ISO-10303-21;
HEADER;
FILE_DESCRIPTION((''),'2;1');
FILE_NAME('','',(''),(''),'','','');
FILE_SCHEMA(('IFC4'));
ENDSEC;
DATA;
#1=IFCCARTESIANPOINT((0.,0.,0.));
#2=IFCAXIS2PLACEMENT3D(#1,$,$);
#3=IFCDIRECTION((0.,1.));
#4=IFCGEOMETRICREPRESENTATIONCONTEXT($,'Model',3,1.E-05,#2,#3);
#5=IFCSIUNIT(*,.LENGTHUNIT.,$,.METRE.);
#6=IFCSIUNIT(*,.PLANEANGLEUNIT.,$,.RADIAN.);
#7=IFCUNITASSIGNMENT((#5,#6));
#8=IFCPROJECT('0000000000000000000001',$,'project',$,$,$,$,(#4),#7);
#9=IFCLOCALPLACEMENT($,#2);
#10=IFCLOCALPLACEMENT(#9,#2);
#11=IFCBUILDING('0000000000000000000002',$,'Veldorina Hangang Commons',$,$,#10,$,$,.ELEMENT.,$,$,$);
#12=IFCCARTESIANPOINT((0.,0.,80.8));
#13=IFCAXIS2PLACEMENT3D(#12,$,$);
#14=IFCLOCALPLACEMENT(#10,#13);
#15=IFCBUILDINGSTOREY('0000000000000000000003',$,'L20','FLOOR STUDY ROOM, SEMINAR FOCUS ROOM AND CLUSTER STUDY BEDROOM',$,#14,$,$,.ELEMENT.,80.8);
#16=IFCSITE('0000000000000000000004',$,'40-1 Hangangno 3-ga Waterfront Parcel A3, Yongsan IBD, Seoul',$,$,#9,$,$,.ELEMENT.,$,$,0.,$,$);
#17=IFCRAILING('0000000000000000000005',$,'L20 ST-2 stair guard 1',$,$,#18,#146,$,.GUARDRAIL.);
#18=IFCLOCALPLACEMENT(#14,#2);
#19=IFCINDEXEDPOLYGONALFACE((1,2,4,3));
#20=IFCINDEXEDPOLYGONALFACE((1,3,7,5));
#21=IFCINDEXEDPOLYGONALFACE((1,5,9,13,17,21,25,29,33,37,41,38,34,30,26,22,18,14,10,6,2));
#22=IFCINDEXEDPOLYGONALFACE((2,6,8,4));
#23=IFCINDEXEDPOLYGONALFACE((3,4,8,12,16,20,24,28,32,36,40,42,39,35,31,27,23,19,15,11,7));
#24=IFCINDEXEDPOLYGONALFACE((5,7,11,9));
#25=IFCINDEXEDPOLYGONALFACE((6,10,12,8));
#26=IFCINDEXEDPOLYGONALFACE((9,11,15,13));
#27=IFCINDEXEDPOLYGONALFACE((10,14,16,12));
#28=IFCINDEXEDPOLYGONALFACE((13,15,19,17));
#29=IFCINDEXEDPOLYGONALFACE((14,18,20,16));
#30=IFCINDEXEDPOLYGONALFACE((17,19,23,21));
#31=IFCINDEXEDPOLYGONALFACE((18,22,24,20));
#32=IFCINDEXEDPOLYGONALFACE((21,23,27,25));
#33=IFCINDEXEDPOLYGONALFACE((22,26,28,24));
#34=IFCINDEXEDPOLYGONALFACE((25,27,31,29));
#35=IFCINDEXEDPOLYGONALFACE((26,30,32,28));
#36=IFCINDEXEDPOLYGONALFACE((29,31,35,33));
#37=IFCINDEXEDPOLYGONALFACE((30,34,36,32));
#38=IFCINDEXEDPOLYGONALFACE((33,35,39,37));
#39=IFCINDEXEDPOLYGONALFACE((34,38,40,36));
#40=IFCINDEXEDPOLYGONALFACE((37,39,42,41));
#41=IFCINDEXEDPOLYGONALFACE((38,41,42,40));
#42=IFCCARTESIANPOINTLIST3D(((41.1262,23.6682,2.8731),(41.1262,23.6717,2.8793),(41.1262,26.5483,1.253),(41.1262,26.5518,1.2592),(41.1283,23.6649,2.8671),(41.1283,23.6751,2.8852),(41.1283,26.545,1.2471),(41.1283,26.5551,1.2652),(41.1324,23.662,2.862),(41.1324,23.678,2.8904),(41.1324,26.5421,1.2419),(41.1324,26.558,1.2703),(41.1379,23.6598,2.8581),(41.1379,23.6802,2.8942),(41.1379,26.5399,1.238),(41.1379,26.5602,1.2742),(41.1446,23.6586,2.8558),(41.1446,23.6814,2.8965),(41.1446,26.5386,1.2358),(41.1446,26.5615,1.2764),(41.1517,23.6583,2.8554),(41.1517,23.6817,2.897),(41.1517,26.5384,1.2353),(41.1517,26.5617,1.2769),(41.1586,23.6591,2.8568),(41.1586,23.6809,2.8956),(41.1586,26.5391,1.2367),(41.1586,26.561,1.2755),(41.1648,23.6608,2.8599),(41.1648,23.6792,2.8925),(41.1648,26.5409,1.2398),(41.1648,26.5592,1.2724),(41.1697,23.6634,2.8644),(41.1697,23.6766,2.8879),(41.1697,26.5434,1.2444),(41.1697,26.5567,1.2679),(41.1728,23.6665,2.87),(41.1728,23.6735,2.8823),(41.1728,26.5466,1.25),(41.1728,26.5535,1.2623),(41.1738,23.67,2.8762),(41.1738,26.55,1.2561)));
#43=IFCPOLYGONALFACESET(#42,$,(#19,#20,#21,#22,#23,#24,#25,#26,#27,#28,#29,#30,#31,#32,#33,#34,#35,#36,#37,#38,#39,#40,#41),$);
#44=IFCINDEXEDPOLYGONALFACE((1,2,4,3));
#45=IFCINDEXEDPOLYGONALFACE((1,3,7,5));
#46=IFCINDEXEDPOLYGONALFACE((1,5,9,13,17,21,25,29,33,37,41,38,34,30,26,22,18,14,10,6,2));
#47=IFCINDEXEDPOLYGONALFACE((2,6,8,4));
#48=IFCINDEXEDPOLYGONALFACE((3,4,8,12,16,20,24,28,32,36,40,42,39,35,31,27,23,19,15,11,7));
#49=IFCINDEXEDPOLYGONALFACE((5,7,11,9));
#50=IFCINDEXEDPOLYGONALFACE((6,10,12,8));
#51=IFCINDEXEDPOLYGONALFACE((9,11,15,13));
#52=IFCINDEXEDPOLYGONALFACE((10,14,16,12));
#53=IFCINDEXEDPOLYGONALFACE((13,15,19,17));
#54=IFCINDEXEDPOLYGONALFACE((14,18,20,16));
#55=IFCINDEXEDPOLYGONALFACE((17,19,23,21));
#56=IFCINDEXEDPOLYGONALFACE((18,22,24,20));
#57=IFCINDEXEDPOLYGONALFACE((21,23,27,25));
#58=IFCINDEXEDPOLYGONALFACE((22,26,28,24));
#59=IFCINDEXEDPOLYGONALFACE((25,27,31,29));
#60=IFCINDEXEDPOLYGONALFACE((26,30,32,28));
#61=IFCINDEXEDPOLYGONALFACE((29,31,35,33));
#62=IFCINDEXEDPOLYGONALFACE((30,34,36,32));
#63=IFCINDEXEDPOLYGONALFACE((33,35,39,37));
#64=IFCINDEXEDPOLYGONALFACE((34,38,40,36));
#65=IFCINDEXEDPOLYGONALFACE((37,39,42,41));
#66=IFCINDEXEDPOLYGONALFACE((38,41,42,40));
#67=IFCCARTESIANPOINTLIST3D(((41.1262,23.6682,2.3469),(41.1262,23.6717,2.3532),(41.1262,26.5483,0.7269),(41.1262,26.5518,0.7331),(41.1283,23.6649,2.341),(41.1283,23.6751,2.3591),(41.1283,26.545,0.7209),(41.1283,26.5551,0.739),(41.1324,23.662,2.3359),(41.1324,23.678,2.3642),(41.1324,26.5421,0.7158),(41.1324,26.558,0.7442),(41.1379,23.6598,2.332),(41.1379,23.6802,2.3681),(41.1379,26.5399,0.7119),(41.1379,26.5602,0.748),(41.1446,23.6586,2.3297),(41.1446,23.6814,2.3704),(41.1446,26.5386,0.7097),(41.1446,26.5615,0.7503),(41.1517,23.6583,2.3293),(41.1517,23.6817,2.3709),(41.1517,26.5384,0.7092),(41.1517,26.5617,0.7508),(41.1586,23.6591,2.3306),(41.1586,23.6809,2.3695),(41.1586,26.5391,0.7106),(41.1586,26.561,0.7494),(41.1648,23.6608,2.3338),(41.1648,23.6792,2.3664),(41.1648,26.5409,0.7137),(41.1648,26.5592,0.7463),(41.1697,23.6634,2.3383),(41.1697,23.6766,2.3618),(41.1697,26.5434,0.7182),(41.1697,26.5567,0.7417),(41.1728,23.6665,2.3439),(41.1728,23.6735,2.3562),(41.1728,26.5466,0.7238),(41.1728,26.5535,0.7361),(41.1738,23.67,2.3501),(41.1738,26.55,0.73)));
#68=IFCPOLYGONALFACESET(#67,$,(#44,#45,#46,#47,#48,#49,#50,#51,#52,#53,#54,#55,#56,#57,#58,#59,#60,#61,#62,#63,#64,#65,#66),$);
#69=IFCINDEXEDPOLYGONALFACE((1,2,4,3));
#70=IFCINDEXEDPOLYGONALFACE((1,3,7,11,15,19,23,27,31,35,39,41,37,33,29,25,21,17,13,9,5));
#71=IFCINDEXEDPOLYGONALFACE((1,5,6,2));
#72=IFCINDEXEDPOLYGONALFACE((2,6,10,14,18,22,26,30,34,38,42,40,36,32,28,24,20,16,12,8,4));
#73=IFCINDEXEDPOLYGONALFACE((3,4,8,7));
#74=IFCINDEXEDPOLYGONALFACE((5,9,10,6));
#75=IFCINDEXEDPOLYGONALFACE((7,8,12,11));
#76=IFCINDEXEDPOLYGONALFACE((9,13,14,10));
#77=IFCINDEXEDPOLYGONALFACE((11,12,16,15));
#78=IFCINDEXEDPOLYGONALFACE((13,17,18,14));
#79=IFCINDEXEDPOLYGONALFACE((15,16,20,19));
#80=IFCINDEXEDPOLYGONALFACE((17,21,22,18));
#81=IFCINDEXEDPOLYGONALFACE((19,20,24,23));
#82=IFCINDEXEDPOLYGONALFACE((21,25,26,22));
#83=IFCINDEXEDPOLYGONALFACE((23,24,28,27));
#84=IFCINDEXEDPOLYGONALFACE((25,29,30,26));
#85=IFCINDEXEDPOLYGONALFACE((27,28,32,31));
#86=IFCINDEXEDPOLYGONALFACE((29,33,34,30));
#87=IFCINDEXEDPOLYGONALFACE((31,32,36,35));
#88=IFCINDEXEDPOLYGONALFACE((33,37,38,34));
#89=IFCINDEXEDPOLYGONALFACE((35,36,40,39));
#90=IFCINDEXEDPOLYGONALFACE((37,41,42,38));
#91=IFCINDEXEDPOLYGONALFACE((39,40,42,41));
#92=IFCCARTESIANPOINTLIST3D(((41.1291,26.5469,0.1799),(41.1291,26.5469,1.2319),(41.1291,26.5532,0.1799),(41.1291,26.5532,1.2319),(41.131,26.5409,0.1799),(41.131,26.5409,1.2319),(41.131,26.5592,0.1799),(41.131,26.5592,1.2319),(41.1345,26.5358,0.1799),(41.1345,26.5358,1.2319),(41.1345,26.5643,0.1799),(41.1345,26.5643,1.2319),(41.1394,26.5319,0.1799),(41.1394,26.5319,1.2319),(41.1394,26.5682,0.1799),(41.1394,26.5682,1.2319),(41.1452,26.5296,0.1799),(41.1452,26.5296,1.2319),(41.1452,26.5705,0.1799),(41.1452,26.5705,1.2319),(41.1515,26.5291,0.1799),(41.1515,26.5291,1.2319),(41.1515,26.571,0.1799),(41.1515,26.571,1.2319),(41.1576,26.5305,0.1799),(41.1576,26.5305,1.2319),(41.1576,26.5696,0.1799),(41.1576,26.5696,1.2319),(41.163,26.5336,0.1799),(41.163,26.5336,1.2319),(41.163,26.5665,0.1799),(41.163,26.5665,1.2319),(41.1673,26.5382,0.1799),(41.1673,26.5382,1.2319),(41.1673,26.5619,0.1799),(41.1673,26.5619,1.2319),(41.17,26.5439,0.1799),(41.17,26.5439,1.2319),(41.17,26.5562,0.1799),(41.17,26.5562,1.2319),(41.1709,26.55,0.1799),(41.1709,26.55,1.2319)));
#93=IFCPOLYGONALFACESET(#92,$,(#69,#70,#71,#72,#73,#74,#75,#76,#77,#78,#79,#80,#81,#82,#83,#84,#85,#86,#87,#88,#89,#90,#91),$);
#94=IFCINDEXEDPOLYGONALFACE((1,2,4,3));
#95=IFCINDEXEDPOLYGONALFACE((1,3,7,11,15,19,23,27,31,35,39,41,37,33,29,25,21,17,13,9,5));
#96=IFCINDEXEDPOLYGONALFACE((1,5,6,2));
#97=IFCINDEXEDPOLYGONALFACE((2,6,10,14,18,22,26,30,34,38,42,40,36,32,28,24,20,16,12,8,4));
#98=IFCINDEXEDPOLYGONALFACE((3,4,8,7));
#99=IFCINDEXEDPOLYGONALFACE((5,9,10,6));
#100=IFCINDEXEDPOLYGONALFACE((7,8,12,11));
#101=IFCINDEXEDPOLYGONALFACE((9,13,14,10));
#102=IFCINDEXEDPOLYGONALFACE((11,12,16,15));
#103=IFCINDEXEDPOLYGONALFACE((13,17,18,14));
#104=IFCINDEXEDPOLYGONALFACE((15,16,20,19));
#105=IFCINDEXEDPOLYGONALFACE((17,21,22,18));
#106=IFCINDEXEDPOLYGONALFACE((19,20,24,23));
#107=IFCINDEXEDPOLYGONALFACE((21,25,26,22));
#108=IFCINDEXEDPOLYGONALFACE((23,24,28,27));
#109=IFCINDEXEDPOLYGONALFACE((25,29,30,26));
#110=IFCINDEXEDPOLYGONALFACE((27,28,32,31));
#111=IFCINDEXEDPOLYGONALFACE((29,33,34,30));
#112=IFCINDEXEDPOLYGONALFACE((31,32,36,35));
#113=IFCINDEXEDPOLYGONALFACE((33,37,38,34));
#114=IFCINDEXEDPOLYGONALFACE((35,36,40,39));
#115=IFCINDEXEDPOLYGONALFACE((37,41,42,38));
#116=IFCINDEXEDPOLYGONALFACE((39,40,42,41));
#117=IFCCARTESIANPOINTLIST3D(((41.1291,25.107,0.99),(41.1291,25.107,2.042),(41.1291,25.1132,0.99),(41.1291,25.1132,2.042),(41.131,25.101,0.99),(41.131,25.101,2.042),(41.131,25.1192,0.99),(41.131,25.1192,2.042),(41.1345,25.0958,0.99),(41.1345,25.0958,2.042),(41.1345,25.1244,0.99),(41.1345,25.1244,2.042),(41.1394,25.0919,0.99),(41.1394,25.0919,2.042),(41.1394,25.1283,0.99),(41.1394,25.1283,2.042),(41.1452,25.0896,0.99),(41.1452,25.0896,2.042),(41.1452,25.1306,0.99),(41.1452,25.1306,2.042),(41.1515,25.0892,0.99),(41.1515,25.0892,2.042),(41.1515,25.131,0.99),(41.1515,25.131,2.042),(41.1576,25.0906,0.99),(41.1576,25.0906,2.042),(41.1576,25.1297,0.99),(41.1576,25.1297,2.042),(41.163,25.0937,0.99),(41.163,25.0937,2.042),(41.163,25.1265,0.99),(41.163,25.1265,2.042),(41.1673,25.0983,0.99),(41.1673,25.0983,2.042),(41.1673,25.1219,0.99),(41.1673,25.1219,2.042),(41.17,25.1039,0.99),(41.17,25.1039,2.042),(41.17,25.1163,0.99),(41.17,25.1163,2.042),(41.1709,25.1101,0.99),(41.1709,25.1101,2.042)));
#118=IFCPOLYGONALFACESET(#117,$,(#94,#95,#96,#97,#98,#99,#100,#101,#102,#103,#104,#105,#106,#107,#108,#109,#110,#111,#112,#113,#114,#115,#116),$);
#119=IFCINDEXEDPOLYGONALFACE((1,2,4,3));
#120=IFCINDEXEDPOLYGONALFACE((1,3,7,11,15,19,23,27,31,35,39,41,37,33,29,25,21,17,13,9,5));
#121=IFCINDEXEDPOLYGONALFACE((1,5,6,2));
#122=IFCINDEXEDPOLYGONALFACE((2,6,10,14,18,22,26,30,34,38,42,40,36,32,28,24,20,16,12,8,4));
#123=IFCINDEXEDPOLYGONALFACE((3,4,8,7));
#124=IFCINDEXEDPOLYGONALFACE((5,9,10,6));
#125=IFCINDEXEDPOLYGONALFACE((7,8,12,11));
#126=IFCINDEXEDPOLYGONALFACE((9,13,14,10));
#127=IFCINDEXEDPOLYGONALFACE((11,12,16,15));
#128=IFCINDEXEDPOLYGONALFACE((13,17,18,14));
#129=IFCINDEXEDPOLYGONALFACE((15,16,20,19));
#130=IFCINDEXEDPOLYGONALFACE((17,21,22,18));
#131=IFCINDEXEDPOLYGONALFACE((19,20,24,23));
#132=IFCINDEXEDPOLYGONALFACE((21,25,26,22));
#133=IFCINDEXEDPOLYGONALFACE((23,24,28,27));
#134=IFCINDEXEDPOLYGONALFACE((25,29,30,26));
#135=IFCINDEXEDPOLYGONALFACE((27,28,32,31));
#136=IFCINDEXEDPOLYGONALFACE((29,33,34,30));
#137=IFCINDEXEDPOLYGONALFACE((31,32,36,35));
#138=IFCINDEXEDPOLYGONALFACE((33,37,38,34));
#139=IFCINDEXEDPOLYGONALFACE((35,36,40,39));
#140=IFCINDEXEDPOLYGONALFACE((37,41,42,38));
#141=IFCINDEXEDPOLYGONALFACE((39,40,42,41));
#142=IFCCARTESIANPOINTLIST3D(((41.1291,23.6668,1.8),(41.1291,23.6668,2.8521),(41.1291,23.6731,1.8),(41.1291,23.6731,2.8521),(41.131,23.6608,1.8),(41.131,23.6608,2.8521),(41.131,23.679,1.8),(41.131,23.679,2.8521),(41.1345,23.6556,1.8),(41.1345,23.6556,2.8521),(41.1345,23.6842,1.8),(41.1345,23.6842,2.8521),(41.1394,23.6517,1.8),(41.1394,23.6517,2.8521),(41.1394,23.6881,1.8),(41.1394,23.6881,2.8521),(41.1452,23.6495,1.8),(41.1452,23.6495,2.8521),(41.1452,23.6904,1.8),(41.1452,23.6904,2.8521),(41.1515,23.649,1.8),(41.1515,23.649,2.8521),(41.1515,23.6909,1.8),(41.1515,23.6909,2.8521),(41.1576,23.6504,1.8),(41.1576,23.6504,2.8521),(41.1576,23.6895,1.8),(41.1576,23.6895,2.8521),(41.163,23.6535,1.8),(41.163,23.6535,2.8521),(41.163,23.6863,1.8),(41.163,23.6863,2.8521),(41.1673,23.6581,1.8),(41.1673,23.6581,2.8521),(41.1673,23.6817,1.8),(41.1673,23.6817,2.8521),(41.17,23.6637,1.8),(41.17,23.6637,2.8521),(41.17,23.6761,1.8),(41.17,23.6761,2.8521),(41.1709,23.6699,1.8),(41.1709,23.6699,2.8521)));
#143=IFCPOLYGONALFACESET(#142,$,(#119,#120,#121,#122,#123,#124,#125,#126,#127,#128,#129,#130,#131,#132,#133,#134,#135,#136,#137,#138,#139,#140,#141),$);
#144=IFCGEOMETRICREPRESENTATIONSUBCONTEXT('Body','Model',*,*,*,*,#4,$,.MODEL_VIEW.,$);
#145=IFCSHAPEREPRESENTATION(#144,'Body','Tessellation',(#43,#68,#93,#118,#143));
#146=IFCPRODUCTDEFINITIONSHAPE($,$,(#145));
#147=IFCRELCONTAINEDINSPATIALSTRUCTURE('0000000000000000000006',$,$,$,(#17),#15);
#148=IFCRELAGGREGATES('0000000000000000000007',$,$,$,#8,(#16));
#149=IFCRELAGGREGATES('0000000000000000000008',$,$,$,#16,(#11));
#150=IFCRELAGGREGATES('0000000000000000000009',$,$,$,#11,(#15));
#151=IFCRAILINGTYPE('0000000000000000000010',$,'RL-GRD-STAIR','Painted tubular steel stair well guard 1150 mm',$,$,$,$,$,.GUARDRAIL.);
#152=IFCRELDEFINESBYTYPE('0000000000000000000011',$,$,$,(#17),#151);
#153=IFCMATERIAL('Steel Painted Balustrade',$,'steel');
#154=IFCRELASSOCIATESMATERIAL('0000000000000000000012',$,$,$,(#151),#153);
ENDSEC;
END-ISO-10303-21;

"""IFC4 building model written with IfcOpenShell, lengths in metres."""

from ifc_helpers import new_model, si_unit, direction, frame, origin, origin_2d, place, context, subcontext, project, spatial, circle, extrude, material, type_object, element, save


model = new_model("IFC4")

# Units and contexts
model_context = context("Model", 3, precision=1e-05, world=origin(), true_north=direction((0.0, 1.0)))
body_context = subcontext(model_context, "Body", "Model", "MODEL_VIEW")
ifc_project = project(units=[si_unit("LENGTHUNIT", "METRE"), si_unit("PLANEANGLEUNIT", "RADIAN")], contexts=[model_context])

# Site, building, storey
site_placement = place(None, origin())
site = spatial("IfcSite", under=ifc_project, at=site_placement, Name="40-1 Hangangno 3-ga Waterfront Parcel A3, Yongsan IBD, Seoul", CompositionType="ELEMENT", RefElevation=0.0)
building_placement = place(site_placement, origin())
building = spatial("IfcBuilding", under=site, at=building_placement, Name="Veldorina Hangang Commons", CompositionType="ELEMENT")
storey_placement = place(building_placement, frame((0.0, 0.0, 80.8)))
storey = spatial("IfcBuildingStorey", under=building, at=storey_placement, Name="L20", Description="FLOOR STUDY ROOM, SEMINAR FOCUS ROOM AND CLUSTER STUDY BEDROOM", CompositionType="ELEMENT", Elevation=80.8)

# Railing
ifc_material_1 = material(Name="Steel Painted Balustrade", Category="steel")
railing_type_1 = type_object("IfcRailingType", Name="RL-GRD-STAIR", Description="Painted tubular steel stair well guard 1150 mm", PredefinedType="GUARDRAIL", material=ifc_material_1)
railing_1_placement = place(storey_placement, frame((41.1499, 26.55, 0.1799)))
element("IfcRailing", 1, at=railing_1_placement, inside=storey, type_object=railing_type_1, Name="L20 ST-2 stair guard 1", PredefinedType="GUARDRAIL", context=body_context, shape_type="SweptSolid", body=[
    extrude(circle(Radius=0.0239, at=origin_2d()), frame((0.0, 0.0, 1.0762), z_axis=(0.0, -0.87157, 0.490272), x_axis=(1.0, 0.0, 0.0)), (0.0, 0.0, 1.0), 3.3044),
    extrude(circle(Radius=0.0239, at=origin_2d()), frame((0.0, 0.0, 0.55), z_axis=(0.0, -0.87157, 0.490272), x_axis=(1.0, 0.0, 0.0)), (0.0, 0.0, 1.0), 3.3044),
    extrude(circle(Radius=0.021, at=origin_2d()), origin(), (0.0, 0.0, 1.0), 1.052),
    extrude(circle(Radius=0.021, at=origin_2d()), frame((0.0, -1.4399, 0.8101)), (0.0, 0.0, 1.0), 1.052),
    extrude(circle(Radius=0.021, at=origin_2d()), frame((0.0, -2.8801, 1.6201)), (0.0, 0.0, 1.0), 1.052),
])

save(model, "model.ifc")
